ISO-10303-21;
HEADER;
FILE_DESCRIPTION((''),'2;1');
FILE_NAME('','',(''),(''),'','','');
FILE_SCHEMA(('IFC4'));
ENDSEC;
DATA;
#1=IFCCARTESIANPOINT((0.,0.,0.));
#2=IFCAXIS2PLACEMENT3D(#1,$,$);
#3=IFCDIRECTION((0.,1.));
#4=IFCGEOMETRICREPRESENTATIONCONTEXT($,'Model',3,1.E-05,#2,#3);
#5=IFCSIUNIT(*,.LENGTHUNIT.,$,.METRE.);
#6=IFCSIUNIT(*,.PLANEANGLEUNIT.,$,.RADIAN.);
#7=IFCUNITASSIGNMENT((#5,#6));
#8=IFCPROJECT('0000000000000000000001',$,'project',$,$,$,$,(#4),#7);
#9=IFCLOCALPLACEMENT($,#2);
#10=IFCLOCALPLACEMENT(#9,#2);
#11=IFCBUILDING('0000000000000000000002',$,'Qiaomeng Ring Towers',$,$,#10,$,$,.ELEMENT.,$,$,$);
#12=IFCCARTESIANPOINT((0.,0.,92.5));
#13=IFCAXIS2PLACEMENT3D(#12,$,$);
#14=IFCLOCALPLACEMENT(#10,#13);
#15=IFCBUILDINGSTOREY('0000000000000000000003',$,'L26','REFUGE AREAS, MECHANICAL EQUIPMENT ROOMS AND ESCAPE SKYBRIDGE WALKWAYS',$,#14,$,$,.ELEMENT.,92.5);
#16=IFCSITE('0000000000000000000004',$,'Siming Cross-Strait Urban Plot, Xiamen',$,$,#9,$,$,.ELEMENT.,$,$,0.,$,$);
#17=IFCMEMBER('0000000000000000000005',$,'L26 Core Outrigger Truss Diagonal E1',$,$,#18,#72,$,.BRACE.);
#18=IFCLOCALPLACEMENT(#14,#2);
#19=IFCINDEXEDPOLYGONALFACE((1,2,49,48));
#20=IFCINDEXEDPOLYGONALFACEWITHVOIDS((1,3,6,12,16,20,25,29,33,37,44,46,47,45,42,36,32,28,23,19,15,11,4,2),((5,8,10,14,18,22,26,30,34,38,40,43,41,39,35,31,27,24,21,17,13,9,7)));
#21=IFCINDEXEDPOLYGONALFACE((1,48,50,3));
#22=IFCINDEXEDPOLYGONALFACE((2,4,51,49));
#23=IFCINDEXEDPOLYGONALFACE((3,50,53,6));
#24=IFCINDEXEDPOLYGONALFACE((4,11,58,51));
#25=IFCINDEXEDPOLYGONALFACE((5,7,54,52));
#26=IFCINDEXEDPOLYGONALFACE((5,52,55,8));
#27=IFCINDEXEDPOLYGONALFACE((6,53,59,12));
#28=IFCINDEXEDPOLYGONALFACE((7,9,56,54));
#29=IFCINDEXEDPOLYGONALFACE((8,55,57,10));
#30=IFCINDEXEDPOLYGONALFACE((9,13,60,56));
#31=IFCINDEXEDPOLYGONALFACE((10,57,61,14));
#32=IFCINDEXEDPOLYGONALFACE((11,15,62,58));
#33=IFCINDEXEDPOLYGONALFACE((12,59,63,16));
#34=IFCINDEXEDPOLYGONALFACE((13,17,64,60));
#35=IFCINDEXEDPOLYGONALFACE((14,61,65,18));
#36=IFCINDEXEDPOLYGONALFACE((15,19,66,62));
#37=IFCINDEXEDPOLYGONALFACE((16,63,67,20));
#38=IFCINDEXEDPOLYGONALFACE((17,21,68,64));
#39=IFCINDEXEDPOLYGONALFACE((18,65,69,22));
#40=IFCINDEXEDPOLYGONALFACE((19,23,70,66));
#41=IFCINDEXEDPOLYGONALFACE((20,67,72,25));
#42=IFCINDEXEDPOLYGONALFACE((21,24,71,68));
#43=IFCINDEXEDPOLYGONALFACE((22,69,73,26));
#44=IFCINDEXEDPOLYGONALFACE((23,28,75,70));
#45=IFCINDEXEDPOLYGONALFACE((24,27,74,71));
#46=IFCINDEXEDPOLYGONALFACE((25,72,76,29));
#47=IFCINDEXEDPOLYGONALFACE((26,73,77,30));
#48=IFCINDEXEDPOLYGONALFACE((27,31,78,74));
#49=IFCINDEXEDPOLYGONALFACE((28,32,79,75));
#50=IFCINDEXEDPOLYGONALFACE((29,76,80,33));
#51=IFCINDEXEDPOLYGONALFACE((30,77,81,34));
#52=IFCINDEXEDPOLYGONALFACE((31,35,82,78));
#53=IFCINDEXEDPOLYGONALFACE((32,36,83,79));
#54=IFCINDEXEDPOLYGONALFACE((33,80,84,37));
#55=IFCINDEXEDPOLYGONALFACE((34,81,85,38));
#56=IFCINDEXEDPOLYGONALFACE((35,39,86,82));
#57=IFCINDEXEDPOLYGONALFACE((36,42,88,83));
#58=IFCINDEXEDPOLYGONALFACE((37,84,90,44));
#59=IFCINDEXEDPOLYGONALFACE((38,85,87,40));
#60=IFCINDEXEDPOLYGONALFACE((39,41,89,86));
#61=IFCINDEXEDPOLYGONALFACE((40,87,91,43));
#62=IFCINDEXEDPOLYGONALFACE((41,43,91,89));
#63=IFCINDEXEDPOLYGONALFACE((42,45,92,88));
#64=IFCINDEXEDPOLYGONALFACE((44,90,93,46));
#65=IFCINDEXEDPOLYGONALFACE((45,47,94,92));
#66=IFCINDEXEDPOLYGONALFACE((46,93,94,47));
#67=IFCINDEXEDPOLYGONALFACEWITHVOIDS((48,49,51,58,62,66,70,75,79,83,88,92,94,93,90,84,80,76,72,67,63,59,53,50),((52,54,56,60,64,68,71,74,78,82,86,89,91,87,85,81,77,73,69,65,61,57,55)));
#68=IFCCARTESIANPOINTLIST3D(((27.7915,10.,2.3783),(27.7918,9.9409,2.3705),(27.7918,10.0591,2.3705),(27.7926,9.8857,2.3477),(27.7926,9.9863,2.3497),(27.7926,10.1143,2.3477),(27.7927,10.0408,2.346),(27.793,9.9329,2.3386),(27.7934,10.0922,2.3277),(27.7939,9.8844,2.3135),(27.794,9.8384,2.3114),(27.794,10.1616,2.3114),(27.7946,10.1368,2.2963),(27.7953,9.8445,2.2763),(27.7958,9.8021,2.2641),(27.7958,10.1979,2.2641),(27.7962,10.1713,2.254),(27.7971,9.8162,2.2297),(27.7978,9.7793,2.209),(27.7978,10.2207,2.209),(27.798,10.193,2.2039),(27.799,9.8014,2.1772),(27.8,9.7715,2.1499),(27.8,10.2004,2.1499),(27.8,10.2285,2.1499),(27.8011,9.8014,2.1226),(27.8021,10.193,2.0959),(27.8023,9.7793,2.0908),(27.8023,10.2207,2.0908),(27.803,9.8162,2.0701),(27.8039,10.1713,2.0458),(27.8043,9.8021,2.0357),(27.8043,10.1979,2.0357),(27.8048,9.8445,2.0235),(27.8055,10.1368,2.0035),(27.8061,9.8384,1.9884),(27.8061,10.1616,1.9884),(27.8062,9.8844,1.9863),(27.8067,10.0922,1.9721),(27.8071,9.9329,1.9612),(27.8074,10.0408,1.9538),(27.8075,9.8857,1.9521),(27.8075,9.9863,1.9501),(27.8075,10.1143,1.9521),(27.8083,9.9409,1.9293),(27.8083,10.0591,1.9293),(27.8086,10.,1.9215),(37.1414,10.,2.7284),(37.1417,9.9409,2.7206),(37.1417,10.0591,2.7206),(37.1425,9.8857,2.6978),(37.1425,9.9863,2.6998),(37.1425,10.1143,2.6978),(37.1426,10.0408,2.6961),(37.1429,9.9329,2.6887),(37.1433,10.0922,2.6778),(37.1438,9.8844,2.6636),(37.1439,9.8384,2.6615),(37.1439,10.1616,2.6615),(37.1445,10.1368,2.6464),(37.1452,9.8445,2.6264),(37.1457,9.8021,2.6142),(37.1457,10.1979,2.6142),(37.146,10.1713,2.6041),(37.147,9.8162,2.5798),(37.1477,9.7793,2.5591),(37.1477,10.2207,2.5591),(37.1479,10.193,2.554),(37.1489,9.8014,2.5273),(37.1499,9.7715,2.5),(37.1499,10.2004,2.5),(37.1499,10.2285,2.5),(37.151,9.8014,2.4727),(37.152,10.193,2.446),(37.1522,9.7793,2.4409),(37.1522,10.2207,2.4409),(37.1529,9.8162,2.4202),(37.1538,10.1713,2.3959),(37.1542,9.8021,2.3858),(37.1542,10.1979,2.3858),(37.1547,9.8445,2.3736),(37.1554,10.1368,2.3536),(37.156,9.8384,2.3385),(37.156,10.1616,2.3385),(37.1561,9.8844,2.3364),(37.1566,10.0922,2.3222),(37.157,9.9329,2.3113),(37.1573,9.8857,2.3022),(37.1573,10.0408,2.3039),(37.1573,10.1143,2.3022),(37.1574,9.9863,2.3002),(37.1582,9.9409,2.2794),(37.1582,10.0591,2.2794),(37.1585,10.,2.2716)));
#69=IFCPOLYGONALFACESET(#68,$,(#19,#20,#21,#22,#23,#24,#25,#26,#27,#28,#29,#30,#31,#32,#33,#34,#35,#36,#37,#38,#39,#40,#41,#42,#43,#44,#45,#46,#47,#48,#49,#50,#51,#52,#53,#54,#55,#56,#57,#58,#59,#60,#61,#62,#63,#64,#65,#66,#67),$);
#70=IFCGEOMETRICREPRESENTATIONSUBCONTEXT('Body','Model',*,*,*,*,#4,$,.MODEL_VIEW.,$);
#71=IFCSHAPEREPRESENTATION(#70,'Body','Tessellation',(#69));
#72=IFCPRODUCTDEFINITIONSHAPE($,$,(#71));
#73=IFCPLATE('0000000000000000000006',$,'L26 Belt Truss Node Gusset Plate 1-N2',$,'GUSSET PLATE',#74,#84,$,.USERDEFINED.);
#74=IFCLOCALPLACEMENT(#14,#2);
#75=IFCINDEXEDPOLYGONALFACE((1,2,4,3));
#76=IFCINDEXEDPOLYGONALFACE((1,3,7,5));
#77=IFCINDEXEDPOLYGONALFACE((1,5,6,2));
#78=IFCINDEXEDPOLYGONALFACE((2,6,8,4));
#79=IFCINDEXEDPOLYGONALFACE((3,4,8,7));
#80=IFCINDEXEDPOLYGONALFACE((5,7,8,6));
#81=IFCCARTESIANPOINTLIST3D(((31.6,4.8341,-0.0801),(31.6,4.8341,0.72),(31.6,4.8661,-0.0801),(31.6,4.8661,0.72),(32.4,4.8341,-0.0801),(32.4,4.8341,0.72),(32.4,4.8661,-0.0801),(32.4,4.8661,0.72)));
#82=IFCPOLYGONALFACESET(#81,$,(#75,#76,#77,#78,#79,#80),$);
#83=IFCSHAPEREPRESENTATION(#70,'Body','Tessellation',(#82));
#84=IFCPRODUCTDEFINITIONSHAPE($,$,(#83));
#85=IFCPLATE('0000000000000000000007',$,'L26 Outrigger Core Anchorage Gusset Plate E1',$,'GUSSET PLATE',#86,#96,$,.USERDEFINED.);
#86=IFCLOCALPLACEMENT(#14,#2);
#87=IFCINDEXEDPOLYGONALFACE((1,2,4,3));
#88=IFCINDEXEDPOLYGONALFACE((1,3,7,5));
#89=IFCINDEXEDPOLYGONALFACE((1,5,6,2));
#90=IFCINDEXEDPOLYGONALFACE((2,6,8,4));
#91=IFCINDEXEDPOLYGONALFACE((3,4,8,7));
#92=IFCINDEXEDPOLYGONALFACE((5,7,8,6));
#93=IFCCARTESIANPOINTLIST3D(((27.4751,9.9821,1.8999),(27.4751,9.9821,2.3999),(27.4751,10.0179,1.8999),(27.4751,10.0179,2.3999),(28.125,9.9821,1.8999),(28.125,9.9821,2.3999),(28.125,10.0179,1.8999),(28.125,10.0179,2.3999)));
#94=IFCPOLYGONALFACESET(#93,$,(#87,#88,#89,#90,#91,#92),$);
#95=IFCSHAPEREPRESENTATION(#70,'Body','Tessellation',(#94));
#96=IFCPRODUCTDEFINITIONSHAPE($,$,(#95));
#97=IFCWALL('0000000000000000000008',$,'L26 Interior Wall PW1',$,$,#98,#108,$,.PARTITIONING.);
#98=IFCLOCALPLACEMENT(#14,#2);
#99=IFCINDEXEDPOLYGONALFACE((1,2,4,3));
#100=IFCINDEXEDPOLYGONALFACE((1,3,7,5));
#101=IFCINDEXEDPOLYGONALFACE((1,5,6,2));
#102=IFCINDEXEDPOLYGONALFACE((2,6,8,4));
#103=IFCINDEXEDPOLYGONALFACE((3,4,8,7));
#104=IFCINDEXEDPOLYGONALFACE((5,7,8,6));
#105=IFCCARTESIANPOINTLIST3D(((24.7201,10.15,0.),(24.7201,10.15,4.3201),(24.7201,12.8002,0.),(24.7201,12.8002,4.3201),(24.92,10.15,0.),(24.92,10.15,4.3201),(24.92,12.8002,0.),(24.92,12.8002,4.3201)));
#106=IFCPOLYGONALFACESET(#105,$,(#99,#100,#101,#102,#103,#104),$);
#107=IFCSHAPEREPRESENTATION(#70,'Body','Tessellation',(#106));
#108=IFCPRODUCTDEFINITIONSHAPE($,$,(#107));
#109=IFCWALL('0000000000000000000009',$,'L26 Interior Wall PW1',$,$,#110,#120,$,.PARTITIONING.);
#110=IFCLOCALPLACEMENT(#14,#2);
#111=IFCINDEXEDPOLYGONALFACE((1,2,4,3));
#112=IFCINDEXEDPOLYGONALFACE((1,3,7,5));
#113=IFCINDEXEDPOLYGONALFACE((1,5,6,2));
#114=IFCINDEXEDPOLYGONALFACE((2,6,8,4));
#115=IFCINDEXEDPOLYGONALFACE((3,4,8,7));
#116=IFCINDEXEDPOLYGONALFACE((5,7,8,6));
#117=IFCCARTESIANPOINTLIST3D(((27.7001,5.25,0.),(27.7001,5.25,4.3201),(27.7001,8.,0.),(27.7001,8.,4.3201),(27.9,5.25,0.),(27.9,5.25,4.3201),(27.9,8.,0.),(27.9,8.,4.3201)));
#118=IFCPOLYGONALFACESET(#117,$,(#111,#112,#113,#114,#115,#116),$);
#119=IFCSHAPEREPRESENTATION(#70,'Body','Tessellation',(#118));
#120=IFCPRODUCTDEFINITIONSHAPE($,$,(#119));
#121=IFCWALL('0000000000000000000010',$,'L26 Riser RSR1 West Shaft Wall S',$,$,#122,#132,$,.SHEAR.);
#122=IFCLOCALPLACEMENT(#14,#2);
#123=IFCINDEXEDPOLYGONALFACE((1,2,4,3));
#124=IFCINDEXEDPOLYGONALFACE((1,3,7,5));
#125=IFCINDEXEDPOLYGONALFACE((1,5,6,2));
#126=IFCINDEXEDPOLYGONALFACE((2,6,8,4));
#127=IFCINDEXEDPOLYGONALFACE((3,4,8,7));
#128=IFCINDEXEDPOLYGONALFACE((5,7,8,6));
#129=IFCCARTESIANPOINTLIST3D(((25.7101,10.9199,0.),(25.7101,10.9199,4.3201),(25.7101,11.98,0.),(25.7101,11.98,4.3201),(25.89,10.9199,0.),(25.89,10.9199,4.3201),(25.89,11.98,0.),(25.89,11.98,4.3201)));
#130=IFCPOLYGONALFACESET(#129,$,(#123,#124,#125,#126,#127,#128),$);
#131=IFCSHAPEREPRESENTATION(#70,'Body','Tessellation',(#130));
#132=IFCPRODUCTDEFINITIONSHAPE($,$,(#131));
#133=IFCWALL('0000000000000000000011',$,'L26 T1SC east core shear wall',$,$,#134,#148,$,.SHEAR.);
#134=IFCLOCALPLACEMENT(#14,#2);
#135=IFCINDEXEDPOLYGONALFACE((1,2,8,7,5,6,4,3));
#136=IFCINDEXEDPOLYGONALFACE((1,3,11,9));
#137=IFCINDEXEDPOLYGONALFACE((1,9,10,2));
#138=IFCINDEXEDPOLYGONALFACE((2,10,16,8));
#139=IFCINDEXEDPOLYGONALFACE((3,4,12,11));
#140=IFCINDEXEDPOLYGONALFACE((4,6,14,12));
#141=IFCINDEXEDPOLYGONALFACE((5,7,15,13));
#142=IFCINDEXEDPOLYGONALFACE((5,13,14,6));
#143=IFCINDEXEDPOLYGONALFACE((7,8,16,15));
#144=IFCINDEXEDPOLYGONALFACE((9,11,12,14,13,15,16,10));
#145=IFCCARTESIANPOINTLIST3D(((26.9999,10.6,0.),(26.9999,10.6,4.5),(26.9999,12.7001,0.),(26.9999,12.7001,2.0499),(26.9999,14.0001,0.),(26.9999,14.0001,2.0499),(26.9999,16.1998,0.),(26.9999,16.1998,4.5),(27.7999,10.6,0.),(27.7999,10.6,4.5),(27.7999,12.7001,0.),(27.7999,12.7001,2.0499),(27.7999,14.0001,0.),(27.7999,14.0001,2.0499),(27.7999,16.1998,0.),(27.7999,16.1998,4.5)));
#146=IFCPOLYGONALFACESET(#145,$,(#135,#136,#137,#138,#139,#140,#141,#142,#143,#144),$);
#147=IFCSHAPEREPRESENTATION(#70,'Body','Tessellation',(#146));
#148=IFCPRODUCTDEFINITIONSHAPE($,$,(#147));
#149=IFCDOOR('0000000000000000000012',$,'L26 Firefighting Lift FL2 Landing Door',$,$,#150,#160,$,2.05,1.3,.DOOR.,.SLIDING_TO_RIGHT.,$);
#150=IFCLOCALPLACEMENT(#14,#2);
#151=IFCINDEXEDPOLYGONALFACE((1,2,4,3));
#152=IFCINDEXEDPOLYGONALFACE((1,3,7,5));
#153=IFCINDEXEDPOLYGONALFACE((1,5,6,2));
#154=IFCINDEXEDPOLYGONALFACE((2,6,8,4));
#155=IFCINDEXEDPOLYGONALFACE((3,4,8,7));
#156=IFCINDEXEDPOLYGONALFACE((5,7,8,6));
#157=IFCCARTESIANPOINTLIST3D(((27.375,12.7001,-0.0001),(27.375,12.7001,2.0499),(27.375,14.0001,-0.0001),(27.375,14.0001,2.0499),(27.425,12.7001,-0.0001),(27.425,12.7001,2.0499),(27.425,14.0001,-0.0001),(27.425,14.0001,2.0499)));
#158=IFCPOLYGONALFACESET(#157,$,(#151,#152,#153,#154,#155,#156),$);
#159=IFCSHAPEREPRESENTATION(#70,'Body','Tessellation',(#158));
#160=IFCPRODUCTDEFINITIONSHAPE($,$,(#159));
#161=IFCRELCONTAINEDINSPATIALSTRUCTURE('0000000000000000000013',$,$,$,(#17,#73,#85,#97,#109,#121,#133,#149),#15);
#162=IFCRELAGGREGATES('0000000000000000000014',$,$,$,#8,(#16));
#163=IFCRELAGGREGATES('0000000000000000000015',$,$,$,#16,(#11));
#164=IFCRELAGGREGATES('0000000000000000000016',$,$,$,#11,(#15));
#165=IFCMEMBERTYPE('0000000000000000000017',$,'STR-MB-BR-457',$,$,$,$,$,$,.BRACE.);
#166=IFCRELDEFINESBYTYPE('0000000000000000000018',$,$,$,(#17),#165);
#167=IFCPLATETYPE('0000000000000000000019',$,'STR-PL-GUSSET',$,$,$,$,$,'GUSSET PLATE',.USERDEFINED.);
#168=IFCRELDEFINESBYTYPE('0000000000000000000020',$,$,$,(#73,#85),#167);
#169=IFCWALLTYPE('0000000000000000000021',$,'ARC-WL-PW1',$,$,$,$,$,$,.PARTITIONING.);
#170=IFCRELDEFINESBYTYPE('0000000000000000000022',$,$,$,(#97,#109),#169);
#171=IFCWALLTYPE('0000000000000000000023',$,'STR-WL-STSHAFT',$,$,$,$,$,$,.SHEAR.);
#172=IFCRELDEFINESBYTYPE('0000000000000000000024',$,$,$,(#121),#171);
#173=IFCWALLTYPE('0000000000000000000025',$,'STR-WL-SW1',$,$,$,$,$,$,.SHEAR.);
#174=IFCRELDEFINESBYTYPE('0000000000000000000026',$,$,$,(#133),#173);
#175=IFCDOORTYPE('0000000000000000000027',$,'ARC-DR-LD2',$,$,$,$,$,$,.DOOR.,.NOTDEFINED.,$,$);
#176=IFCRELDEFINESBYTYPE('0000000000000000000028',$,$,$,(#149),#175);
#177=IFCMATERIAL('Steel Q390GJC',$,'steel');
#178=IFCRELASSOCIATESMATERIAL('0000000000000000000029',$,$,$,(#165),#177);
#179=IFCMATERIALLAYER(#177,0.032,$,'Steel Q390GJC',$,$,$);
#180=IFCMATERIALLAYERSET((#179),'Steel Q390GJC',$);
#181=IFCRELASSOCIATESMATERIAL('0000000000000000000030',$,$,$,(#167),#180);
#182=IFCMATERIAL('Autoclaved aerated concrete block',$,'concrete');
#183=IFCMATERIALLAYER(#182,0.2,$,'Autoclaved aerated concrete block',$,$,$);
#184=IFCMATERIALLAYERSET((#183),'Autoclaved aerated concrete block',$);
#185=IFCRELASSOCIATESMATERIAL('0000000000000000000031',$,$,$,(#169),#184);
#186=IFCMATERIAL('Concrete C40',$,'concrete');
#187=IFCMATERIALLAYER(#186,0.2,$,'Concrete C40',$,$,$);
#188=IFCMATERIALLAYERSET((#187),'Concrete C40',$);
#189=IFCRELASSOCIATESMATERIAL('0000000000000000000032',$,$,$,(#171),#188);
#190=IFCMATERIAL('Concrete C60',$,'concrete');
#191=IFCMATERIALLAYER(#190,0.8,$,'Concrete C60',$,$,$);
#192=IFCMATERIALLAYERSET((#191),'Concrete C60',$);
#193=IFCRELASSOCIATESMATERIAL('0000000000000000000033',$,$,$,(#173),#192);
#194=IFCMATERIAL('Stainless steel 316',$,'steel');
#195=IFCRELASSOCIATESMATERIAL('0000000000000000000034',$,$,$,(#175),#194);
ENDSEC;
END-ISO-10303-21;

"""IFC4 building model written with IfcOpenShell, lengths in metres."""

from ifc_helpers import new_model, si_unit, direction, frame, frame_2d, origin, origin_2d, place, context, subcontext, project, spatial, rectangle, hollow_circle, extrude, source, transform, mapped, material, layer, layer_set, material_profile, profile_set, type_object, element, fill, save


model = new_model("IFC4")

# Units and contexts
model_context = context("Model", 3, precision=1e-05, world=origin(), true_north=direction((0.0, 1.0)))
body_context = subcontext(model_context, "Body", "Model", "MODEL_VIEW")
ifc_project = project(units=[si_unit("LENGTHUNIT", "METRE"), si_unit("PLANEANGLEUNIT", "RADIAN")], contexts=[model_context])

# Site, building, storey
site_placement = place(None, origin())
site = spatial("IfcSite", under=ifc_project, at=site_placement, Name="Siming Cross-Strait Urban Plot, Xiamen", CompositionType="ELEMENT", RefElevation=0.0)
building_placement = place(site_placement, origin())
building = spatial("IfcBuilding", under=site, at=building_placement, Name="Qiaomeng Ring Towers", CompositionType="ELEMENT")
storey_placement = place(building_placement, frame((0.0, 0.0, 92.5)))
storey = spatial("IfcBuildingStorey", under=building, at=storey_placement, Name="L26", Description="REFUGE AREAS, MECHANICAL EQUIPMENT ROOMS AND ESCAPE SKYBRIDGE WALKWAYS", CompositionType="ELEMENT", Elevation=92.5)

# Shared definitions
ifc_material_1 = material(Name="Concrete C60", Category="concrete")

# Shared definitions
ifc_material_2 = material(Name="Steel Q390GJC", Category="steel")
ifc_material_profile_1 = material_profile(ifc_material_2, hollow_circle(Radius=0.2285, WallThickness=0.0281, at=origin_2d()), Name="CHS 457x28")
ifc_profile_set_1 = profile_set([ifc_material_profile_1], Name="Steel Q390GJC")
member_type = type_object("IfcMemberType", Name="STR-MB-BR-457", PredefinedType="BRACE", material=ifc_profile_set_1)

# Member
shared_shape_1 = source(origin(), body_context, "Body", "SweptSolid", [
    extrude(hollow_circle(Radius=0.2285, WallThickness=0.0281, at=origin_2d()), origin(), (0.0, 0.0, 1.0), 9.3564),
])
member_1_placement = place(storey_placement, frame((27.8, 10.0, 2.1499), z_axis=(0.9993, 0.0, 0.037418), x_axis=(0.0, 1.0, 0.0)))
element("IfcMember", 1, at=member_1_placement, inside=storey, type_object=member_type, Name="L26 Core Outrigger Truss Diagonal E1", PredefinedType="BRACE", context=body_context, shape_type="MappedRepresentation", body=[
    mapped(shared_shape_1, transform((0.0, 0.0, 0.0), x_axis=(1.0, 0.0, 0.0), y_axis=(0.0, 1.0, 0.0), z_axis=(0.0, 0.0, 1.0), scale=1.0)),
])

# Plates
ifc_layer_1 = layer(ifc_material_2, 0.032, Name="Steel Q390GJC")
ifc_layer_set_1 = layer_set([ifc_layer_1], Name="Steel Q390GJC")
plate_type = type_object("IfcPlateType", Name="STR-PL-GUSSET", ElementType="GUSSET PLATE", PredefinedType="USERDEFINED", material=ifc_layer_set_1)
shared_shape_2 = source(origin(), body_context, "Body", "SweptSolid", [
    extrude(rectangle(XDim=0.8, YDim=0.032, at=origin_2d()), origin(), (0.0, 0.0, 1.0), 0.8),
])
plate_1_placement = place(storey_placement, frame((32.0, 4.8501, -0.0801), z_axis=(0.0, 0.0, 1.0), x_axis=(1.0, 0.0, 0.0)))
element("IfcPlate", 2, at=plate_1_placement, inside=storey, type_object=plate_type, Name="L26 Belt Truss Node Gusset Plate 1-N2", ObjectType="GUSSET PLATE", PredefinedType="USERDEFINED", context=body_context, shape_type="MappedRepresentation", body=[
    mapped(shared_shape_2, transform((0.0, 0.0, 0.0), x_axis=(1.0, 0.0, 0.0), y_axis=(0.0, 1.0, 0.0), z_axis=(0.0, 0.0, 1.0), scale=1.0)),
])
shared_shape_3 = source(origin(), body_context, "Body", "SweptSolid", [
    extrude(rectangle(XDim=0.6499, YDim=0.0359, at=origin_2d()), origin(), (0.0, 0.0, 1.0), 0.5),
])
plate_2_placement = place(storey_placement, frame((27.8, 10.0, 1.8999), z_axis=(0.0, 0.0, 1.0), x_axis=(1.0, 0.0, 0.0)))
element("IfcPlate", 3, at=plate_2_placement, inside=storey, type_object=plate_type, Name="L26 Outrigger Core Anchorage Gusset Plate E1", ObjectType="GUSSET PLATE", PredefinedType="USERDEFINED", context=body_context, shape_type="MappedRepresentation", body=[
    mapped(shared_shape_3, transform((0.0, 0.0, 0.0), x_axis=(1.0, 0.0, 0.0), y_axis=(0.0, 1.0, 0.0), z_axis=(0.0, 0.0, 1.0), scale=1.0)),
])

# Walls
ifc_material_3 = material(Name="Autoclaved aerated concrete block", Category="concrete")
ifc_layer_2 = layer(ifc_material_3, 0.2, Name="Autoclaved aerated concrete block")
ifc_layer_set_2 = layer_set([ifc_layer_2], Name="Autoclaved aerated concrete block")
wall_type_1 = type_object("IfcWallType", Name="ARC-WL-PW1", PredefinedType="PARTITIONING", material=ifc_layer_set_2)
wall_1_placement = place(storey_placement, frame((24.8201, 10.1499, 0.0), z_axis=(0.0, 0.0, 1.0), x_axis=(0.0, 1.0, 0.0)))
element("IfcWall", 4, at=wall_1_placement, inside=storey, type_object=wall_type_1, Name="L26 Interior Wall PW1", PredefinedType="PARTITIONING", context=body_context, shape_type="SweptSolid", body=[
    extrude(rectangle(XDim=2.6501, YDim=0.2, at=frame_2d((1.3252, 0.0))), origin(), (0.0, 0.0, 1.0), 4.3201),
])
wall_2_placement = place(storey_placement, frame((27.8, 5.25, 0.0), z_axis=(0.0, 0.0, 1.0), x_axis=(0.0, 1.0, 0.0)))
element("IfcWall", 5, at=wall_2_placement, inside=storey, type_object=wall_type_1, Name="L26 Interior Wall PW1", PredefinedType="PARTITIONING", context=body_context, shape_type="SweptSolid", body=[
    extrude(rectangle(XDim=2.75, YDim=0.2, at=frame_2d((1.375, 0.0))), origin(), (0.0, 0.0, 1.0), 4.3201),
])
ifc_material_4 = material(Name="Concrete C40", Category="concrete")
ifc_layer_3 = layer(ifc_material_4, 0.2, Name="Concrete C40")
ifc_layer_set_3 = layer_set([ifc_layer_3], Name="Concrete C40")
wall_type_2 = type_object("IfcWallType", Name="STR-WL-STSHAFT", PredefinedType="SHEAR", material=ifc_layer_set_3)
wall_3_placement = place(storey_placement, frame((25.8, 10.9199, 0.0), z_axis=(0.0, 0.0, 1.0), x_axis=(0.0, 1.0, 0.0)))
element("IfcWall", 6, at=wall_3_placement, inside=storey, type_object=wall_type_2, Name="L26 Riser RSR1 West Shaft Wall S", PredefinedType="SHEAR", context=body_context, shape_type="SweptSolid", body=[
    extrude(rectangle(XDim=1.0601, YDim=0.1799, at=frame_2d((0.53, 0.0))), origin(), (0.0, 0.0, 1.0), 4.3201),
])

# Wall, opening, door
ifc_layer_4 = layer(ifc_material_1, 0.8, Name="Concrete C60")
ifc_layer_set_4 = layer_set([ifc_layer_4], Name="Concrete C60")
wall_type_3 = type_object("IfcWallType", Name="STR-WL-SW1", PredefinedType="SHEAR", material=ifc_layer_set_4)
wall_4_placement = place(storey_placement, frame((27.3999, 10.6001, 0.0), z_axis=(0.0, 0.0, 1.0), x_axis=(0.0, 1.0, 0.0)))
wall_4 = element("IfcWall", 7, at=wall_4_placement, inside=storey, type_object=wall_type_3, Name="L26 T1SC east core shear wall", PredefinedType="SHEAR", context=body_context, shape_type="SweptSolid", body=[
    extrude(rectangle(XDim=5.5999, YDim=0.8, at=frame_2d((2.7998, 0.0))), origin(), (0.0, 0.0, 1.0), 4.5),
])
opening_placement = place(wall_4_placement, frame((2.1001, 0.0, 0.0)))
opening = element("IfcOpeningElement", 8, at=opening_placement, cuts=wall_4, PredefinedType="OPENING", context=body_context, shape_type="SweptSolid", body=[
    extrude(rectangle(XDim=1.3, YDim=2.05, at=frame_2d((0.6499, 1.0249))), frame((0.0, 0.4099, 0.0), z_axis=(0.0, -1.0, 0.0), x_axis=(1.0, 0.0, 0.0)), (0.0, 0.0, 1.0), 0.8201),
])
ifc_material_5 = material(Name="Stainless steel 316", Category="steel")
door_type = type_object("IfcDoorType", Name="ARC-DR-LD2", OperationType="NOTDEFINED", PredefinedType="DOOR", material=ifc_material_5)
shared_shape_4 = source(origin(), body_context, "Body", "SweptSolid", [
    extrude(rectangle(XDim=1.3, YDim=2.05, at=frame_2d((0.6499, 1.0249))), frame((0.0, 0.0249, 0.0), z_axis=(0.0, -1.0, 0.0), x_axis=(1.0, 0.0, 0.0)), (0.0, 0.0, 1.0), 0.05),
])
door_placement = place(opening_placement, origin())
door = element("IfcDoor", 9, at=door_placement, inside=storey, type_object=door_type, Name="L26 Firefighting Lift FL2 Landing Door", OperationType="SLIDING_TO_RIGHT", OverallHeight=2.05, OverallWidth=1.3, PredefinedType="DOOR", context=body_context, shape_type="MappedRepresentation", body=[
    mapped(shared_shape_4, transform((0.0, 0.0, 0.0), x_axis=(1.0, 0.0, 0.0), y_axis=(0.0, 1.0, 0.0), z_axis=(0.0, 0.0, 1.0), scale=1.0)),
])
fill(opening, door)

save(model, "model.ifc")
